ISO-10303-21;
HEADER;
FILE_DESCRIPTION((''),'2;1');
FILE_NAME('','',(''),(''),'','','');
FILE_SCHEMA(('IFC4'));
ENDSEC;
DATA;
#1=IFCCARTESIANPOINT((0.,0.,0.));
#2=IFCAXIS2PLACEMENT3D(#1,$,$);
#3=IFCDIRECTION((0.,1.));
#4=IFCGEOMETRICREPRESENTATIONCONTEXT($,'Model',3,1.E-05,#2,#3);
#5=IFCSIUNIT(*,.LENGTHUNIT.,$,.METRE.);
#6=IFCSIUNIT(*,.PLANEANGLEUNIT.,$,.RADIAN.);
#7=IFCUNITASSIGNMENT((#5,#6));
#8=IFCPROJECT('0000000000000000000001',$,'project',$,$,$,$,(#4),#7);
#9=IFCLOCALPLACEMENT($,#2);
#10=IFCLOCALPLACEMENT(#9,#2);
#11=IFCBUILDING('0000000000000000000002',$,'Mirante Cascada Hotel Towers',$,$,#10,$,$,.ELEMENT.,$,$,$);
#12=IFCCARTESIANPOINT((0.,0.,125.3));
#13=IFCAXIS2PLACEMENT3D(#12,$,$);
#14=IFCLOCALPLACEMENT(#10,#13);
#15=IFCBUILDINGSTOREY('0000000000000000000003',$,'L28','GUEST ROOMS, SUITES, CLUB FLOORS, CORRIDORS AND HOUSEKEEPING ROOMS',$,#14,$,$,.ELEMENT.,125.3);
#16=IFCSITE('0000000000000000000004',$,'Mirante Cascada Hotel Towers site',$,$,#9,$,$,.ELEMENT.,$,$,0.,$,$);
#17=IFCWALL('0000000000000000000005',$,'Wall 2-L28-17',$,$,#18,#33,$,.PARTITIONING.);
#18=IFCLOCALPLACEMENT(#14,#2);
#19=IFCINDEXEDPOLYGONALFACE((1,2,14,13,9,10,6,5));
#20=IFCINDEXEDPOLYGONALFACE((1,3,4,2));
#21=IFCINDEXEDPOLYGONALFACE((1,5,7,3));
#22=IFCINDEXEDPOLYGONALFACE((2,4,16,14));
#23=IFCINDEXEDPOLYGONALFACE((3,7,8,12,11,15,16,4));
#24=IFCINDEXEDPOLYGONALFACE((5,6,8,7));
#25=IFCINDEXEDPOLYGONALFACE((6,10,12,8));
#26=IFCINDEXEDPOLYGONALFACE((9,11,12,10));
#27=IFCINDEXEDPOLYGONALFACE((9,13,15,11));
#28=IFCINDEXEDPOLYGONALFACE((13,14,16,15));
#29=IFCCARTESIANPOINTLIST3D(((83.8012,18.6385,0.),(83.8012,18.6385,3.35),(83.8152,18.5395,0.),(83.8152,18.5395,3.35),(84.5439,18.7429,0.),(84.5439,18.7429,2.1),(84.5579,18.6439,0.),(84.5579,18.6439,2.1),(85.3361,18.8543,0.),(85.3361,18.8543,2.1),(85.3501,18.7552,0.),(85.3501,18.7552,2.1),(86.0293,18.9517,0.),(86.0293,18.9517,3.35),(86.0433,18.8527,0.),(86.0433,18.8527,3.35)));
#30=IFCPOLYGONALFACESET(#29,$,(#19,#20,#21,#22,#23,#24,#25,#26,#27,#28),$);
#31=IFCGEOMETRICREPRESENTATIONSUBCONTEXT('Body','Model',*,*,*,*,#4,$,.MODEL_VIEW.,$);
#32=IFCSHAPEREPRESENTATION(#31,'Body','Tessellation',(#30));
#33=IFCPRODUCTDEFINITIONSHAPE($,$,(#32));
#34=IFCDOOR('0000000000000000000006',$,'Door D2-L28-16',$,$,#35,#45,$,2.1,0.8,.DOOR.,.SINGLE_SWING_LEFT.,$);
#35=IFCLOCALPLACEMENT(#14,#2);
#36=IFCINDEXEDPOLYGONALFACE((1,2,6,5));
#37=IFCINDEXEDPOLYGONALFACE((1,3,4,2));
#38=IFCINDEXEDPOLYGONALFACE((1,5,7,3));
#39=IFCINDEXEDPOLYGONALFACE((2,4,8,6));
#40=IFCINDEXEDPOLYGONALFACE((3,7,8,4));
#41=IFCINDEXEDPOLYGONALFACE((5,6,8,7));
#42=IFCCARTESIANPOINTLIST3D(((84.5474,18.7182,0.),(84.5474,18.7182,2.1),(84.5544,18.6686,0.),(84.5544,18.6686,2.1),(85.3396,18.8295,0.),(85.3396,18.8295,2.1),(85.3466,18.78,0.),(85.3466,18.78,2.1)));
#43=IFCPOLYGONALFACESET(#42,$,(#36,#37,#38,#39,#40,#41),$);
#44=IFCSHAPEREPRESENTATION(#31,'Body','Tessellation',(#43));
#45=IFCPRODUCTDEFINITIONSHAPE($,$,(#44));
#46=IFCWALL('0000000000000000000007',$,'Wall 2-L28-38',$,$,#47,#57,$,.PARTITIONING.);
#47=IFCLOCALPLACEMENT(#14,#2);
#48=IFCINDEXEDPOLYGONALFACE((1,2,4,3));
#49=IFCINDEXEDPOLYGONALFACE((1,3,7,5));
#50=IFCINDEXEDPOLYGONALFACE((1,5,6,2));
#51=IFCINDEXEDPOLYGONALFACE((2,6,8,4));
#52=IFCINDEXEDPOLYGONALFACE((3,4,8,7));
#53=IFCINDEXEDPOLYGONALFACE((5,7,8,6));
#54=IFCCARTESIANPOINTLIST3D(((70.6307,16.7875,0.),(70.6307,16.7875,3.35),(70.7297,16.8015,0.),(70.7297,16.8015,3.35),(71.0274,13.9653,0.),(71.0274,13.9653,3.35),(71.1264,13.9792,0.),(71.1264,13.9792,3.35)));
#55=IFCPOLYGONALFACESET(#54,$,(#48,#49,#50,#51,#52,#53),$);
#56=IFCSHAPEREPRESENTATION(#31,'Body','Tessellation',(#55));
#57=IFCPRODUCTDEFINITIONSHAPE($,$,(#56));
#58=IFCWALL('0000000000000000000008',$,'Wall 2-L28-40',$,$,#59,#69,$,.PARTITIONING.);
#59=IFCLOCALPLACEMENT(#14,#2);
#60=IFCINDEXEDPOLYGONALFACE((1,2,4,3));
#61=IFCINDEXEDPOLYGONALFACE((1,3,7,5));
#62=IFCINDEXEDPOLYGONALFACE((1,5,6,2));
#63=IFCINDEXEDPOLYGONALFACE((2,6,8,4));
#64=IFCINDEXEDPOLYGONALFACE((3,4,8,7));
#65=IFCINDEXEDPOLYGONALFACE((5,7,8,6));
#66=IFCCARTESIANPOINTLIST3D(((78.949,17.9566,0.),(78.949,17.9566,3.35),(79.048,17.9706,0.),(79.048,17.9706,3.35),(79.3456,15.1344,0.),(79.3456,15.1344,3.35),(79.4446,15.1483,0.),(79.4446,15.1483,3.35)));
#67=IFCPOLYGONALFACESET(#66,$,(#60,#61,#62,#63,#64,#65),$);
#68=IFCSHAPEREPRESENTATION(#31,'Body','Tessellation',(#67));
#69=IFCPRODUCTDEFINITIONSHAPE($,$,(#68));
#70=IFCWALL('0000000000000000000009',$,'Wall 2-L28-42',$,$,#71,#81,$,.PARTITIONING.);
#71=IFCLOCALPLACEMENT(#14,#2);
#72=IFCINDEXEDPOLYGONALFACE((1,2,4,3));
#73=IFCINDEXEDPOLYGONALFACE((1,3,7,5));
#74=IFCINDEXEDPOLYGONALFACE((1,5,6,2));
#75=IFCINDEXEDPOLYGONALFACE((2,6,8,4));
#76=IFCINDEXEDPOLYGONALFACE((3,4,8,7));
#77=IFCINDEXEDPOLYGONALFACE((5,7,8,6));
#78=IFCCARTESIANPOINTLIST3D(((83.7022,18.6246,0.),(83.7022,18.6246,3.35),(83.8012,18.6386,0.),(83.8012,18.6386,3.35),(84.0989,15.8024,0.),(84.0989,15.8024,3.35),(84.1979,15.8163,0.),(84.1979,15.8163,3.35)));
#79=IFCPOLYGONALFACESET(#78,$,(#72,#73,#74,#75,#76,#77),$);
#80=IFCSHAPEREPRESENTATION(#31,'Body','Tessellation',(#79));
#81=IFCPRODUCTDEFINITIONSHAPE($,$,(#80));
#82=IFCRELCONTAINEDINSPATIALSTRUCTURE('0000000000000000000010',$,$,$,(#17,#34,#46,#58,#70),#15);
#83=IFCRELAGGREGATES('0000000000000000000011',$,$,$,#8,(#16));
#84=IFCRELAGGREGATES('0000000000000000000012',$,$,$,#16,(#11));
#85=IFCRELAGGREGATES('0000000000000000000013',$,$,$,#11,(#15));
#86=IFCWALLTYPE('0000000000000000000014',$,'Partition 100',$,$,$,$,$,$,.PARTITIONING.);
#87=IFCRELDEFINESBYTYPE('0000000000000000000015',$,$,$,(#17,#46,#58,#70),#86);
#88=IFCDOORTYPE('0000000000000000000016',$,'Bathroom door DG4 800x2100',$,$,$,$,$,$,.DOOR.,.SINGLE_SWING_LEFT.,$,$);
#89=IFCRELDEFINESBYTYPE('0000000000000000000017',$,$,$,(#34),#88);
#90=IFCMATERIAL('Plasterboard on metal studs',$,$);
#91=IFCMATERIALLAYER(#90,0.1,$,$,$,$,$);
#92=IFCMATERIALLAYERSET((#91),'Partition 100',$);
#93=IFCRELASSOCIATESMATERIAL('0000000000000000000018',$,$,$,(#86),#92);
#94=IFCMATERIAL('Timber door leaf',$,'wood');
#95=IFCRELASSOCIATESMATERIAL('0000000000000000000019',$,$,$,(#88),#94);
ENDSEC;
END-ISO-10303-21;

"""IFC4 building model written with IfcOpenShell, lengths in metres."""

from ifc_helpers import new_model, si_unit, direction, frame, frame_2d, origin, place, context, subcontext, project, spatial, rectangle, extrude, material, layer, layer_set, type_object, element, fill, save


model = new_model("IFC4")

# Units and contexts
model_context = context("Model", 3, precision=1e-05, world=origin(), true_north=direction((0.0, 1.0)))
body_context = subcontext(model_context, "Body", "Model", "MODEL_VIEW")
ifc_project = project(units=[si_unit("LENGTHUNIT", "METRE"), si_unit("PLANEANGLEUNIT", "RADIAN")], contexts=[model_context])

# Site, building, storey
site_placement = place(None, origin())
site = spatial("IfcSite", under=ifc_project, at=site_placement, Name="Mirante Cascada Hotel Towers site", CompositionType="ELEMENT", RefElevation=0.0)
building_placement = place(site_placement, origin())
building = spatial("IfcBuilding", under=site, at=building_placement, Name="Mirante Cascada Hotel Towers", CompositionType="ELEMENT")
storey_placement = place(building_placement, frame((0.0, 0.0, 125.3)))
storey = spatial("IfcBuildingStorey", under=building, at=storey_placement, Name="L28", Description="GUEST ROOMS, SUITES, CLUB FLOORS, CORRIDORS AND HOUSEKEEPING ROOMS", CompositionType="ELEMENT", Elevation=125.3)

# Wall, opening, door
ifc_material_1 = material(Name="Plasterboard on metal studs")
ifc_layer_1 = layer(ifc_material_1, 0.1)
ifc_layer_set_1 = layer_set([ifc_layer_1], Name="Partition 100")
wall_type_1 = type_object("IfcWallType", Name="Partition 100", PredefinedType="PARTITIONING", material=ifc_layer_set_1)
ifc_material_2 = material(Name="Timber door leaf", Category="wood")
door_type = type_object("IfcDoorType", Name="Bathroom door DG4 800x2100", OperationType="SINGLE_SWING_LEFT", PredefinedType="DOOR", material=ifc_material_2)
wall_1_placement = place(storey_placement, frame((83.8082, 18.589, 0.0), z_axis=(0.0, 0.0, 1.0), x_axis=(0.990264, 0.1392, 0.0)))
wall_1 = element("IfcWall", 1, at=wall_1_placement, inside=storey, type_object=wall_type_1, Name="Wall 2-L28-17", PredefinedType="PARTITIONING", context=body_context, shape_type="SweptSolid", body=[
    extrude(rectangle(XDim=2.25, YDim=0.1, at=frame_2d((1.125, 0.0))), origin(), (0.0, 0.0, 1.0), 3.35),
])
opening_1_placement = place(wall_1_placement, frame((0.75, 0.0, 0.0)))
opening_1 = element("IfcOpeningElement", 2, at=opening_1_placement, cuts=wall_1, PredefinedType="OPENING", context=body_context, shape_type="SweptSolid", body=[
    extrude(rectangle(XDim=0.8, YDim=2.1, at=frame_2d((0.4, 1.05))), frame((0.0, 0.05, 0.0), z_axis=(0.0, -1.0, 0.0), x_axis=(1.0, 0.0, 0.0)), (0.0, 0.0, 1.0), 0.1),
])
door_1_placement = place(opening_1_placement, origin())
door_1 = element("IfcDoor", 3, at=door_1_placement, inside=storey, type_object=door_type, Name="Door D2-L28-16", OperationType="SINGLE_SWING_LEFT", OverallHeight=2.1, OverallWidth=0.8, PredefinedType="DOOR", context=body_context, shape_type="SweptSolid", body=[
    extrude(rectangle(XDim=0.8, YDim=2.1, at=frame_2d((0.4, 1.05))), frame((0.0, 0.025, 0.0), z_axis=(0.0, -1.0, 0.0), x_axis=(1.0, 0.0, 0.0)), (0.0, 0.0, 1.0), 0.05),
])
fill(opening_1, door_1)

# Walls
for number, where, z_axis, x_axis, name in (
    (4, (70.6802, 16.7945, 0.0), (0.0, 0.0, 1.0), (0.139191, -0.990266, 0.0), "Wall 2-L28-38"),
    (5, (78.9985, 17.9636, 0.0), (0.0, 0.0, 1.0), (0.139156, -0.99027, 0.0), "Wall 2-L28-40"),
    (6, (83.7517, 18.6316, 0.0), (0.0, 0.0, 1.0), (0.139191, -0.990266, 0.0), "Wall 2-L28-42"),
):
    element("IfcWall", number, at=place(storey_placement, frame(where, z_axis=z_axis, x_axis=x_axis)), inside=storey, type_object=wall_type_1, Name=name, PredefinedType="PARTITIONING", context=body_context, shape_type="SweptSolid", body=[
        extrude(rectangle(XDim=2.85, YDim=0.1, at=frame_2d((1.425, 0.0))), origin(), (0.0, 0.0, 1.0), 3.35),
    ])

save(model, "model.ifc")
